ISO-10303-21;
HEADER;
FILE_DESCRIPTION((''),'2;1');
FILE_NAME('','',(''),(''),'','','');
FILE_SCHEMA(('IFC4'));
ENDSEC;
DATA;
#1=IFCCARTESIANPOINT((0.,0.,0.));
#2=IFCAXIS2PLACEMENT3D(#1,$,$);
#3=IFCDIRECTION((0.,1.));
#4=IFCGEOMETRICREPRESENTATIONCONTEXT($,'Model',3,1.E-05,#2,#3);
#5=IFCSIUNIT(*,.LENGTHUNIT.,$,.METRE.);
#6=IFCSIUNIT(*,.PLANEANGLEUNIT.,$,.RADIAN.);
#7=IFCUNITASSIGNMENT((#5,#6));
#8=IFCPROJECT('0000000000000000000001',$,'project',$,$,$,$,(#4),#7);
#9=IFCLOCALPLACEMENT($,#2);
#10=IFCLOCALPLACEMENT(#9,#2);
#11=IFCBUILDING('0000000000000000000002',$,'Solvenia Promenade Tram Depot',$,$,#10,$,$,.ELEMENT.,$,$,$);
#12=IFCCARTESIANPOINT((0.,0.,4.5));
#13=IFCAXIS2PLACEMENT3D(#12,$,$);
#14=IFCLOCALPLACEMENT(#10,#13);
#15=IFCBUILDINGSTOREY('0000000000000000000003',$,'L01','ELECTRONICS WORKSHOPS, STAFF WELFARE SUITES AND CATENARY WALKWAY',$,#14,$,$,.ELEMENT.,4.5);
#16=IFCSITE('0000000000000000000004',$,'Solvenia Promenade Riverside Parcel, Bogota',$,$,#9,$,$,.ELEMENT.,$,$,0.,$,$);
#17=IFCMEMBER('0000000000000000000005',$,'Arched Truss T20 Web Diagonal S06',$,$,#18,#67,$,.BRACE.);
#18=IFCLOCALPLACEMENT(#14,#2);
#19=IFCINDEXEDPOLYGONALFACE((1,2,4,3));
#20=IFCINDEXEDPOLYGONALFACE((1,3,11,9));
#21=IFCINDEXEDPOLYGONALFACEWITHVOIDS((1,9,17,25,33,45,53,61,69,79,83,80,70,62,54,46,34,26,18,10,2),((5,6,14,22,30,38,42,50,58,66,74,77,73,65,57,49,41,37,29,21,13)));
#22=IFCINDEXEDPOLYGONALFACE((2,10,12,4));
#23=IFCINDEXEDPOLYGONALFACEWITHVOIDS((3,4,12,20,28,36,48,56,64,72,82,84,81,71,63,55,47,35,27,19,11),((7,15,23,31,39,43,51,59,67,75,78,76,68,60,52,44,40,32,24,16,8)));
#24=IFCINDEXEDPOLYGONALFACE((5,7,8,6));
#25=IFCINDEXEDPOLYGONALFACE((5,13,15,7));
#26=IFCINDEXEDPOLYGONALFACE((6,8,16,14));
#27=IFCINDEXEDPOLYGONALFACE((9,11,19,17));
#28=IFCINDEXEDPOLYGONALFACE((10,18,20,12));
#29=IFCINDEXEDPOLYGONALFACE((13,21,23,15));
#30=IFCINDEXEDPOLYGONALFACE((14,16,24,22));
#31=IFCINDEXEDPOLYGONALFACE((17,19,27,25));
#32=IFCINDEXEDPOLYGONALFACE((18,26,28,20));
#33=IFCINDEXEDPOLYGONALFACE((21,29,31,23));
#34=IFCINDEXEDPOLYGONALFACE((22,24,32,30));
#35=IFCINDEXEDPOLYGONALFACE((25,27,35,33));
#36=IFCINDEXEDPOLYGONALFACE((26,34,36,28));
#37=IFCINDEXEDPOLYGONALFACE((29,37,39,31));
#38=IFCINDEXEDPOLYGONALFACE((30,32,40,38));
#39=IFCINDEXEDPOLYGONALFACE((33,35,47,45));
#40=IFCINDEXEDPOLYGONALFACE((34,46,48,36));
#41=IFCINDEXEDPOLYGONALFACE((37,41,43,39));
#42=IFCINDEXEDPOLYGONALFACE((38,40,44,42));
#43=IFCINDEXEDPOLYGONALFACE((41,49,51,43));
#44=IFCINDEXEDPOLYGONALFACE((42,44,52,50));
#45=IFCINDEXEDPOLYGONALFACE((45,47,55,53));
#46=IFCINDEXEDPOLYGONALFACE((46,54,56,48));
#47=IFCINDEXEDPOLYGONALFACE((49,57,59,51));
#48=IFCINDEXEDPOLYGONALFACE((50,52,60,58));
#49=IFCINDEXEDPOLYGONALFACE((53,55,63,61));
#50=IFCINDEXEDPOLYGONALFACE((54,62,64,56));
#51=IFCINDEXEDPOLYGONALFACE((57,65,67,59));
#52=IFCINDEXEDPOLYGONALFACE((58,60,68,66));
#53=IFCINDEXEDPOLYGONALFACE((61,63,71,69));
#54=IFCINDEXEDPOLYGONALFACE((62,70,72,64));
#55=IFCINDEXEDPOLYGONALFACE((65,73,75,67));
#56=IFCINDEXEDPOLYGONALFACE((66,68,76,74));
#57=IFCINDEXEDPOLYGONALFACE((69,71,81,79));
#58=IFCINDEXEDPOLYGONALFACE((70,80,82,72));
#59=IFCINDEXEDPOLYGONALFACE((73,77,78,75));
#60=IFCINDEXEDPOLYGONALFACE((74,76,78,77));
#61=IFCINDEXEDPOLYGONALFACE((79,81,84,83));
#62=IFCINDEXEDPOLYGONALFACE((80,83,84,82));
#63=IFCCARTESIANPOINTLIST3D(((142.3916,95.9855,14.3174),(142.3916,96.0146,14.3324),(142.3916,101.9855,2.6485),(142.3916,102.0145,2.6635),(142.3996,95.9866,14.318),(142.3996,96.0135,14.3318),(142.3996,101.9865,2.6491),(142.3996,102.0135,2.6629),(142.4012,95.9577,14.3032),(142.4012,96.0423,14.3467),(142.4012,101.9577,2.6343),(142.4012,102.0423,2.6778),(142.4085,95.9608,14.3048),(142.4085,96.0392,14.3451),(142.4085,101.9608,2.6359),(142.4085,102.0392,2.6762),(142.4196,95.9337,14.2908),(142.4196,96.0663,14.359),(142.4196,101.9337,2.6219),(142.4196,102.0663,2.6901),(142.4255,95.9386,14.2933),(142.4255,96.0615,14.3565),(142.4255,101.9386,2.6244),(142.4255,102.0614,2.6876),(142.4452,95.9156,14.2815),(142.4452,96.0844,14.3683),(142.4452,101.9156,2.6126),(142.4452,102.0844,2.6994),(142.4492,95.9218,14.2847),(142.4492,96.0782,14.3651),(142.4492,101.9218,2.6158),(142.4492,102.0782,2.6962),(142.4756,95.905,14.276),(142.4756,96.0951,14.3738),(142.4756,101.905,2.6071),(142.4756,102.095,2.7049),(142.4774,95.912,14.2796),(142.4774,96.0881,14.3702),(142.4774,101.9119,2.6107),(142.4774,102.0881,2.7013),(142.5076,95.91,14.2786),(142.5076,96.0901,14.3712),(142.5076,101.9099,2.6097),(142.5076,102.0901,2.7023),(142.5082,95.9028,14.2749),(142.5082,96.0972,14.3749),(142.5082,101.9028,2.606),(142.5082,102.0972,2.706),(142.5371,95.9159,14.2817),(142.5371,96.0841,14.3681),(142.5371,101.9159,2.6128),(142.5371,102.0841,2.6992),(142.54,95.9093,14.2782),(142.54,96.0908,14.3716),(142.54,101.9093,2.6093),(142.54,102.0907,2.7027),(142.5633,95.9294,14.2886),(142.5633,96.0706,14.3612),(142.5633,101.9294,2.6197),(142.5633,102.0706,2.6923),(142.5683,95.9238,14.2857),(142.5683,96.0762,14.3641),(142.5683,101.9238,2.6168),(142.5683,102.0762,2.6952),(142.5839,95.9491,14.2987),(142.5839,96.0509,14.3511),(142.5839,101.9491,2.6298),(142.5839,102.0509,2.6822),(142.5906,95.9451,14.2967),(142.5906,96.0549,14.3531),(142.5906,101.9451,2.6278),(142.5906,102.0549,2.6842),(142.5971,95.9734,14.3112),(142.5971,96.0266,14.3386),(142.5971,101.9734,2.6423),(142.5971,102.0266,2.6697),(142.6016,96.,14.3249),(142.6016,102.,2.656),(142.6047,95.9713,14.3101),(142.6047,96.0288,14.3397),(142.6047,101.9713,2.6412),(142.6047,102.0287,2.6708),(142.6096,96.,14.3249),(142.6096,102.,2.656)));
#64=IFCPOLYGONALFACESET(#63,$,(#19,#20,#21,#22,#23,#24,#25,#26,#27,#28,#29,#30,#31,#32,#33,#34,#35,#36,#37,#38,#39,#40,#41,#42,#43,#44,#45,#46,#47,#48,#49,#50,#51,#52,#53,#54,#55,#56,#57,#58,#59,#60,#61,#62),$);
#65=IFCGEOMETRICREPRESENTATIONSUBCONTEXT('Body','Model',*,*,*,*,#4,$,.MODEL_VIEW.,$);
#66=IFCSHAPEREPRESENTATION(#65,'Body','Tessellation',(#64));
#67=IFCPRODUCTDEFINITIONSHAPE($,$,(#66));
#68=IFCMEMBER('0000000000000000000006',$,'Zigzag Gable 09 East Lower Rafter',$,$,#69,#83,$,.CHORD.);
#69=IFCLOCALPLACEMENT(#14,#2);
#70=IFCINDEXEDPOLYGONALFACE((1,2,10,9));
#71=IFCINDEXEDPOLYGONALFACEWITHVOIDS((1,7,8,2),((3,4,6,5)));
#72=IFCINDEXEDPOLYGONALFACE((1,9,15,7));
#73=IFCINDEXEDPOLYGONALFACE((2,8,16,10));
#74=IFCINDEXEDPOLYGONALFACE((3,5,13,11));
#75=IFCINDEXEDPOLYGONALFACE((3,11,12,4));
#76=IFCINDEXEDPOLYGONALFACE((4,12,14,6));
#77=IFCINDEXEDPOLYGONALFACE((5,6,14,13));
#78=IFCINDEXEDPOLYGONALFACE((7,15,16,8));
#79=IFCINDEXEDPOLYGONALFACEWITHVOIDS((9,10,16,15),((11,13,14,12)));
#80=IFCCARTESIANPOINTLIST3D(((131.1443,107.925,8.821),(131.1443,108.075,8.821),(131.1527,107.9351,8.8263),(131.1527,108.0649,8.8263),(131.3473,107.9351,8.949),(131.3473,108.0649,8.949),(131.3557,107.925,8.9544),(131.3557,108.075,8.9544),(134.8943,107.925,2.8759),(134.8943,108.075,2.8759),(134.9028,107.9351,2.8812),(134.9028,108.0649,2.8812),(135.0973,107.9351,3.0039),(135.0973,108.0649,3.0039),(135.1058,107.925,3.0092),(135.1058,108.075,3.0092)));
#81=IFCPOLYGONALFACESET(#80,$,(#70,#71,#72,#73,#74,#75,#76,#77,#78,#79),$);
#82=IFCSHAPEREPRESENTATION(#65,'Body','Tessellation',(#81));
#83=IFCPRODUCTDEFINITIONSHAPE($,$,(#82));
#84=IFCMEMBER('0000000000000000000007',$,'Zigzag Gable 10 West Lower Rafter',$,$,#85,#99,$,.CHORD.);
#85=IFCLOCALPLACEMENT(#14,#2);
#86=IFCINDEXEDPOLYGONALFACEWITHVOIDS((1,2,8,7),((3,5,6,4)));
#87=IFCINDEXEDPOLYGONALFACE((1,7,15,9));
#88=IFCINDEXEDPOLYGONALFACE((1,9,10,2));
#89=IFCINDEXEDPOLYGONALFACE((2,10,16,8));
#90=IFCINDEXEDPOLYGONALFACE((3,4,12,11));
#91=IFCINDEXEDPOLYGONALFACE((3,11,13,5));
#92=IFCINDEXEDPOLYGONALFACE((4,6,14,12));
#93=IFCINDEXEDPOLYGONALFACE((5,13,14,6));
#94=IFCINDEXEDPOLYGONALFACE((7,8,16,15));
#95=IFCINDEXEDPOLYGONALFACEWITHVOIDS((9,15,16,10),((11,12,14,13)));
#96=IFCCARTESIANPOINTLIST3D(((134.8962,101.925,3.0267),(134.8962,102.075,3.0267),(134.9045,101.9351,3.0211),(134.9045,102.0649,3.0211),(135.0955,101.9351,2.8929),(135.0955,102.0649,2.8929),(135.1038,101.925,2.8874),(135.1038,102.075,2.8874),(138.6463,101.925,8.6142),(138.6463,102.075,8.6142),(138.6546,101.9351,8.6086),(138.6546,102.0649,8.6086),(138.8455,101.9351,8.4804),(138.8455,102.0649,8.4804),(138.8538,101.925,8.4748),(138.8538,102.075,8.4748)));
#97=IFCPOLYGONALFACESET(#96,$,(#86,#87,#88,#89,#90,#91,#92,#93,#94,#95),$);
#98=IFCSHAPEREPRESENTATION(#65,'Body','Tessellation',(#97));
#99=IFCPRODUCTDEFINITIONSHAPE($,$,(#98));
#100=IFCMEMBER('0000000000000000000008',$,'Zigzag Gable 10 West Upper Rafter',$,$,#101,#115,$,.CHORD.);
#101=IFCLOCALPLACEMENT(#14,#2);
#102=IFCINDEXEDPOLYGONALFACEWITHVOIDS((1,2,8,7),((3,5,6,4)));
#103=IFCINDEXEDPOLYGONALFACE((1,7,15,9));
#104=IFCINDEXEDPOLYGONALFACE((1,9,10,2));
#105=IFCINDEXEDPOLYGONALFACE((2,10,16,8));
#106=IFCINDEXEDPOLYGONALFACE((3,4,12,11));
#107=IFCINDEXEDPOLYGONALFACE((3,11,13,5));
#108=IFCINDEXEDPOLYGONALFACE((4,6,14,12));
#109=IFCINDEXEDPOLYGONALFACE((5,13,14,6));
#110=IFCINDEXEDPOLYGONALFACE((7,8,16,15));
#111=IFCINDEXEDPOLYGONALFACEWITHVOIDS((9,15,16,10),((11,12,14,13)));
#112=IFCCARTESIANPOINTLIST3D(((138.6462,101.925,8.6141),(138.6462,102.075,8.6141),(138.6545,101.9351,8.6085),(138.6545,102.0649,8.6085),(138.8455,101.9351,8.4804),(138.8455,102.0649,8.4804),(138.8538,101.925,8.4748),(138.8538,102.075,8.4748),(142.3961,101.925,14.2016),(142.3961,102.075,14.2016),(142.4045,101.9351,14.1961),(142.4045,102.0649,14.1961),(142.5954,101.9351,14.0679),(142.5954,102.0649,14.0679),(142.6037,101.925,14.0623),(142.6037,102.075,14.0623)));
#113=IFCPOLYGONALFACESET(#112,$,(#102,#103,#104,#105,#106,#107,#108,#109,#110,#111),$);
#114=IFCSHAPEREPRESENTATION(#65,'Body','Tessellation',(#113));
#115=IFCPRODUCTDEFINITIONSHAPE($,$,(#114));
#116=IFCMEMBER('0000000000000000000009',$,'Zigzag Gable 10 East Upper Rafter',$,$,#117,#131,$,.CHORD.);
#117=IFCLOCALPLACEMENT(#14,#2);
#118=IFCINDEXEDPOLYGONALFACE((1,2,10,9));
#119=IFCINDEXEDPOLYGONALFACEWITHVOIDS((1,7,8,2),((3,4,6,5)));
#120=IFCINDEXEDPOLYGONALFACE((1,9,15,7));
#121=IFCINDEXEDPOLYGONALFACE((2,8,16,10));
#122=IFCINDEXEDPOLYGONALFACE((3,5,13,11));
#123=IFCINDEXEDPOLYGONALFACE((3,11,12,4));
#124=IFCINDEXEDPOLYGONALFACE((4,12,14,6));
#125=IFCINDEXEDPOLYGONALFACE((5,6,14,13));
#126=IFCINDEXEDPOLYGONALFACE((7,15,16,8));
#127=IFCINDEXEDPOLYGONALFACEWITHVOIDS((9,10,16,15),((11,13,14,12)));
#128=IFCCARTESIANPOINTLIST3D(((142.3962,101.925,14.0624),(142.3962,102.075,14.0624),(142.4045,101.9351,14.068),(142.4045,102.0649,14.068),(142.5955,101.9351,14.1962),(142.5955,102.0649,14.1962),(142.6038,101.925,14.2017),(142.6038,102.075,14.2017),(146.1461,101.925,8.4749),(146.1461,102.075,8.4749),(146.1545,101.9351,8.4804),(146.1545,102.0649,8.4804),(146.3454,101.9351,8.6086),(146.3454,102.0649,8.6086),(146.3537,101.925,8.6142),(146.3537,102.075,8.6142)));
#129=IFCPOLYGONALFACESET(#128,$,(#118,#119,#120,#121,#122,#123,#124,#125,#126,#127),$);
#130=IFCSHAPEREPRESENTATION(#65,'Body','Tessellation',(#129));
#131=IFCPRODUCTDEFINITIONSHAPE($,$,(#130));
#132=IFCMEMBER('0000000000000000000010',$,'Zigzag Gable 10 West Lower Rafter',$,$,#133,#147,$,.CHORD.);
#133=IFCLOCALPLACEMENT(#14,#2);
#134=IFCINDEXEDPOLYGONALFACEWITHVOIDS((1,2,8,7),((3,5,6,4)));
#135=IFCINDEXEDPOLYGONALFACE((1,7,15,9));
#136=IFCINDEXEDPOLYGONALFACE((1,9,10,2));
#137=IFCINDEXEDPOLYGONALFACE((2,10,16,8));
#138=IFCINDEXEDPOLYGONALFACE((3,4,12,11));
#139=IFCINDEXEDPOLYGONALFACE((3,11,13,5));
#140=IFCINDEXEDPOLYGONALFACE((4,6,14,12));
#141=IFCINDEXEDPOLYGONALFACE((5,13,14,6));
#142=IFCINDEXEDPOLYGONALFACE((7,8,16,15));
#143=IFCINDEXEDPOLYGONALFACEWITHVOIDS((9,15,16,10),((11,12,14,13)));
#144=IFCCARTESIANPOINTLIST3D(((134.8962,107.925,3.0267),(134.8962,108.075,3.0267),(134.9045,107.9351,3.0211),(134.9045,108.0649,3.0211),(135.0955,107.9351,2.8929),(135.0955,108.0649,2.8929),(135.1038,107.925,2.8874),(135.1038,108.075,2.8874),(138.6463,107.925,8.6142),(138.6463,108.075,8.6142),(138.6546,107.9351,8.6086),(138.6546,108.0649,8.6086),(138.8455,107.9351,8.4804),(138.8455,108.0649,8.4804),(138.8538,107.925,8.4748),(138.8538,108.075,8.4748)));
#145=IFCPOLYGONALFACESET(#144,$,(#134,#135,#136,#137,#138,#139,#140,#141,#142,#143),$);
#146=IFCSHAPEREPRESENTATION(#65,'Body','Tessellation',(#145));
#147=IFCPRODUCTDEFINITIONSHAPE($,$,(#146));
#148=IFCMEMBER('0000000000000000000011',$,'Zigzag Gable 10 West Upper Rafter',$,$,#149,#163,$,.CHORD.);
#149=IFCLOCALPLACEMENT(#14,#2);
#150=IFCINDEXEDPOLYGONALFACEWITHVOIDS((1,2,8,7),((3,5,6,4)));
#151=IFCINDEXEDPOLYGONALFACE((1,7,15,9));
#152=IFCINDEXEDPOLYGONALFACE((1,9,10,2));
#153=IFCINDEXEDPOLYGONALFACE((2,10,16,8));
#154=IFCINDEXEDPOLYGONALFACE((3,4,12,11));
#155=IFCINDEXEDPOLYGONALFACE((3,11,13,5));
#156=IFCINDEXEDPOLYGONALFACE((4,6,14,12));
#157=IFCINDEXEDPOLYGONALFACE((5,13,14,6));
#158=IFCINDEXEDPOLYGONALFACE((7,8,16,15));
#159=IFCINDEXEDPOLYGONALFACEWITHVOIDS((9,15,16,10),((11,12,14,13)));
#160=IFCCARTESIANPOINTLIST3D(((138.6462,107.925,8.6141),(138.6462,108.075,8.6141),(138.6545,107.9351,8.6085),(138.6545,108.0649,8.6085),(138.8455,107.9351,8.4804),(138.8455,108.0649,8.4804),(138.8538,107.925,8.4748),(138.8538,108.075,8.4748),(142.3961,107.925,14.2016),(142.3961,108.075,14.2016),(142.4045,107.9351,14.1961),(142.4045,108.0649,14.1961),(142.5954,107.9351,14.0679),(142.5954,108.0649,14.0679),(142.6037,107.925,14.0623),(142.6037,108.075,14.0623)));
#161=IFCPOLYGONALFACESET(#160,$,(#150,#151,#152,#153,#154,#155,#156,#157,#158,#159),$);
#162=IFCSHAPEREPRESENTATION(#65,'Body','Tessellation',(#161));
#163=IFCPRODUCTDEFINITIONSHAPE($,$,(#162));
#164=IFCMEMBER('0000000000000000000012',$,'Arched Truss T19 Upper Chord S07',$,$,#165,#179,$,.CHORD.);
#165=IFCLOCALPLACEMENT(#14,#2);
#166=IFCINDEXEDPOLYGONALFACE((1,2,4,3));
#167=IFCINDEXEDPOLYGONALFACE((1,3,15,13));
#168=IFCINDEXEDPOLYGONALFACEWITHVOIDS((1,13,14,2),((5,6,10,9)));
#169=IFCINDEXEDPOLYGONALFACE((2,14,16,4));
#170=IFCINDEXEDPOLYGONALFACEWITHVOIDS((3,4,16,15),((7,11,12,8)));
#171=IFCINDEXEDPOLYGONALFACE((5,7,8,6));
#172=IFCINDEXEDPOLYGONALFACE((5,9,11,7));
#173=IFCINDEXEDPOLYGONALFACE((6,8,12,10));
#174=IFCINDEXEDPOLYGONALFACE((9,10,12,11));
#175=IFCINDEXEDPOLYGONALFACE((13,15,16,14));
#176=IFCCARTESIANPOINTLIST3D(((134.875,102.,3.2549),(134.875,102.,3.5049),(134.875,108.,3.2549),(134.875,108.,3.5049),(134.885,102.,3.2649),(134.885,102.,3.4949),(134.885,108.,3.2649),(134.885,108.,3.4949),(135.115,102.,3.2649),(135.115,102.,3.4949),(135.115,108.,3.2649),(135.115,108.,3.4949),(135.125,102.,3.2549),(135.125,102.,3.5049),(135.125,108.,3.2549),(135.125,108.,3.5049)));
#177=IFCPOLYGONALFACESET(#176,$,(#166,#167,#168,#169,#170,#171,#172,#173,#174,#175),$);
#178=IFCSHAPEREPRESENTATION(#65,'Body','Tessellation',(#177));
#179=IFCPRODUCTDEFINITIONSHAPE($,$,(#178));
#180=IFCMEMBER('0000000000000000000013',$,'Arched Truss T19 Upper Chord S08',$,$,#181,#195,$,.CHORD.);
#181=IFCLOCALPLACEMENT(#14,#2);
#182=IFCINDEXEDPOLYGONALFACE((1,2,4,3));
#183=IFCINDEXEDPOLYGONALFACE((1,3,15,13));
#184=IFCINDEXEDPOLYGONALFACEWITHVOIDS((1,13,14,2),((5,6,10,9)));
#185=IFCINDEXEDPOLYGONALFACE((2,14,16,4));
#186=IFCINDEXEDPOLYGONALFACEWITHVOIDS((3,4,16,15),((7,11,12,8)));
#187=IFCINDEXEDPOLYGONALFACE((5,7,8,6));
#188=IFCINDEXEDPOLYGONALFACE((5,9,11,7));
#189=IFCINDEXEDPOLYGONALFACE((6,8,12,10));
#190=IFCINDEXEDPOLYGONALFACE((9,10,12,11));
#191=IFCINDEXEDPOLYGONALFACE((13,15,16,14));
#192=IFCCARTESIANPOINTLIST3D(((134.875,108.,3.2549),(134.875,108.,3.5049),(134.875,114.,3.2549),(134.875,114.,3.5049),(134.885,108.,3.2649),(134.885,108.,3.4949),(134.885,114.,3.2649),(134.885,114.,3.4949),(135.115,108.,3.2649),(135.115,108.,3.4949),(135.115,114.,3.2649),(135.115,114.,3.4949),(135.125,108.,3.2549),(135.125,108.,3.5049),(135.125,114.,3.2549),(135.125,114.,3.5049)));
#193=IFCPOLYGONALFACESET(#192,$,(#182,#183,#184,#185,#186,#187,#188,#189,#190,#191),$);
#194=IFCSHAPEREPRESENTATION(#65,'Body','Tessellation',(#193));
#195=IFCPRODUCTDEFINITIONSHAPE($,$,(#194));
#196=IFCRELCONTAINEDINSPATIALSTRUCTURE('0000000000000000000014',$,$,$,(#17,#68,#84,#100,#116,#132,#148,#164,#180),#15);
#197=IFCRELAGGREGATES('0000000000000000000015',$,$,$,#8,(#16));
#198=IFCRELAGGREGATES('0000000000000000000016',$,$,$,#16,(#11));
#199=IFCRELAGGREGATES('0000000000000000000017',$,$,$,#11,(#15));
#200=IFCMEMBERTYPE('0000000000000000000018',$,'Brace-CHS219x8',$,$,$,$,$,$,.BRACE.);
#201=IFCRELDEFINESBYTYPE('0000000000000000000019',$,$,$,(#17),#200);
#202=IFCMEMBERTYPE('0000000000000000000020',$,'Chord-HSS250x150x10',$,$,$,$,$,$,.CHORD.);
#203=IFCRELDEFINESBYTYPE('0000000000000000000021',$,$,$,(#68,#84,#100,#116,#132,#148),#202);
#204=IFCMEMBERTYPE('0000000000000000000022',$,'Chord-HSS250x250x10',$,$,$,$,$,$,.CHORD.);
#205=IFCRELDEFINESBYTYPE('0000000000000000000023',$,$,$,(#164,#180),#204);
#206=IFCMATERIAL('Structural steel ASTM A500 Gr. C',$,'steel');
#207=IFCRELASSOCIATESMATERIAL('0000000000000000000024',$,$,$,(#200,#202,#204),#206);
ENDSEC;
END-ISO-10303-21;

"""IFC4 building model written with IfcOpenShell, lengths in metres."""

from ifc_helpers import new_model, si_unit, direction, frame, origin, origin_2d, place, context, subcontext, project, spatial, hollow_rectangle, hollow_circle, extrude, material, material_profile, profile_set, type_object, element, save


model = new_model("IFC4")

# Units and contexts
model_context = context("Model", 3, precision=1e-05, world=origin(), true_north=direction((0.0, 1.0)))
body_context = subcontext(model_context, "Body", "Model", "MODEL_VIEW")
ifc_project = project(units=[si_unit("LENGTHUNIT", "METRE"), si_unit("PLANEANGLEUNIT", "RADIAN")], contexts=[model_context])

# Site, building, storey
site_placement = place(None, origin())
site = spatial("IfcSite", under=ifc_project, at=site_placement, Name="Solvenia Promenade Riverside Parcel, Bogota", CompositionType="ELEMENT", RefElevation=0.0)
building_placement = place(site_placement, origin())
building = spatial("IfcBuilding", under=site, at=building_placement, Name="Solvenia Promenade Tram Depot", CompositionType="ELEMENT")
storey_placement = place(building_placement, frame((0.0, 0.0, 4.5)))
storey = spatial("IfcBuildingStorey", under=building, at=storey_placement, Name="L01", Description="ELECTRONICS WORKSHOPS, STAFF WELFARE SUITES AND CATENARY WALKWAY", CompositionType="ELEMENT", Elevation=4.5)

# Members
ifc_material_1 = material(Name="Structural steel ASTM A500 Gr. C", Category="steel")
ifc_material_profile_1 = material_profile(ifc_material_1, hollow_circle(Radius=0.1096, WallThickness=0.0081, at=origin_2d()), Name="CHS219.1x8", Category="steel")
ifc_profile_set_1 = profile_set([ifc_material_profile_1], Name="Structural steel ASTM A500 Gr. C")
member_type_1 = type_object("IfcMemberType", Name="Brace-CHS219x8", PredefinedType="BRACE", material=ifc_profile_set_1)
member_1_placement = place(storey_placement, frame((142.5, 102.0, 2.656), z_axis=(0.0, -0.457277, 0.889324), x_axis=(1.0, 0.0, 0.0)))
element("IfcMember", 1, at=member_1_placement, inside=storey, type_object=member_type_1, Name="Arched Truss T20 Web Diagonal S06", PredefinedType="BRACE", context=body_context, shape_type="SweptSolid", body=[
    extrude(hollow_circle(Radius=0.1096, WallThickness=0.0081, at=origin_2d()), origin(), (0.0, 0.0, 1.0), 13.1211),
])
ifc_material_profile_2 = material_profile(ifc_material_1, hollow_rectangle(XDim=0.1499, YDim=0.25, WallThickness=0.01, at=origin_2d()), Name="HSS250x150x10", Category="steel")
ifc_profile_set_2 = profile_set([ifc_material_profile_2], Name="Structural steel ASTM A500 Gr. C")
member_type_2 = type_object("IfcMemberType", Name="Chord-HSS250x150x10", PredefinedType="CHORD", material=ifc_profile_set_2)
member_2_placement = place(storey_placement, frame((131.25, 108.0, 8.8877), z_axis=(0.533507, 0.0, -0.845796), x_axis=(0.0, 1.0, 0.0)))
element("IfcMember", 2, at=member_2_placement, inside=storey, type_object=member_type_2, Name="Zigzag Gable 09 East Lower Rafter", PredefinedType="CHORD", context=body_context, shape_type="SweptSolid", body=[
    extrude(hollow_rectangle(XDim=0.1499, YDim=0.25, WallThickness=0.01, at=origin_2d()), origin(), (0.0, 0.0, 1.0), 7.0291),
])
for number, where, z_axis, x_axis, name in (
    (3, (135.0, 102.0, 2.957), (0.557276, 0.0, 0.830327), (0.0, 1.0, 0.0), "Zigzag Gable 10 West Lower Rafter"),
    (4, (138.75, 102.0, 8.5444), (0.557259, 0.0, 0.830338), (0.0, 1.0, 0.0), "Zigzag Gable 10 West Upper Rafter"),
    (5, (142.5, 102.0, 14.1321), (0.557259, 0.0, -0.830338), (0.0, 1.0, 0.0), "Zigzag Gable 10 East Upper Rafter"),
    (6, (135.0, 108.0, 2.957), (0.557276, 0.0, 0.830327), (0.0, 1.0, 0.0), "Zigzag Gable 10 West Lower Rafter"),
    (7, (138.75, 108.0, 8.5444), (0.557259, 0.0, 0.830338), (0.0, 1.0, 0.0), "Zigzag Gable 10 West Upper Rafter"),
):
    element("IfcMember", number, at=place(storey_placement, frame(where, z_axis=z_axis, x_axis=x_axis)), inside=storey, type_object=member_type_2, Name=name, PredefinedType="CHORD", context=body_context, shape_type="SweptSolid", body=[
        extrude(hollow_rectangle(XDim=0.1499, YDim=0.25, WallThickness=0.01, at=origin_2d()), origin(), (0.0, 0.0, 1.0), 6.7292),
    ])
ifc_material_profile_3 = material_profile(ifc_material_1, hollow_rectangle(XDim=0.25, YDim=0.25, WallThickness=0.01, at=origin_2d()), Name="HSS250x250x10", Category="steel")
ifc_profile_set_3 = profile_set([ifc_material_profile_3], Name="Structural steel ASTM A500 Gr. C")
member_type_3 = type_object("IfcMemberType", Name="Chord-HSS250x250x10", PredefinedType="CHORD", material=ifc_profile_set_3)
for number, where, z_axis, x_axis, name in (
    (8, (135.0, 102.0, 3.3799), (0.0, 1.0, 0.0), (-1.0, 0.0, 0.0), "Arched Truss T19 Upper Chord S07"),
    (9, (135.0, 108.0, 3.3799), (0.0, 1.0, 0.0), (-1.0, 0.0, 0.0), "Arched Truss T19 Upper Chord S08"),
):
    element("IfcMember", number, at=place(storey_placement, frame(where, z_axis=z_axis, x_axis=x_axis)), inside=storey, type_object=member_type_3, Name=name, PredefinedType="CHORD", context=body_context, shape_type="SweptSolid", body=[
        extrude(hollow_rectangle(XDim=0.25, YDim=0.25, WallThickness=0.01, at=origin_2d()), origin(), (0.0, 0.0, 1.0), 6.0),
    ])

save(model, "model.ifc")
